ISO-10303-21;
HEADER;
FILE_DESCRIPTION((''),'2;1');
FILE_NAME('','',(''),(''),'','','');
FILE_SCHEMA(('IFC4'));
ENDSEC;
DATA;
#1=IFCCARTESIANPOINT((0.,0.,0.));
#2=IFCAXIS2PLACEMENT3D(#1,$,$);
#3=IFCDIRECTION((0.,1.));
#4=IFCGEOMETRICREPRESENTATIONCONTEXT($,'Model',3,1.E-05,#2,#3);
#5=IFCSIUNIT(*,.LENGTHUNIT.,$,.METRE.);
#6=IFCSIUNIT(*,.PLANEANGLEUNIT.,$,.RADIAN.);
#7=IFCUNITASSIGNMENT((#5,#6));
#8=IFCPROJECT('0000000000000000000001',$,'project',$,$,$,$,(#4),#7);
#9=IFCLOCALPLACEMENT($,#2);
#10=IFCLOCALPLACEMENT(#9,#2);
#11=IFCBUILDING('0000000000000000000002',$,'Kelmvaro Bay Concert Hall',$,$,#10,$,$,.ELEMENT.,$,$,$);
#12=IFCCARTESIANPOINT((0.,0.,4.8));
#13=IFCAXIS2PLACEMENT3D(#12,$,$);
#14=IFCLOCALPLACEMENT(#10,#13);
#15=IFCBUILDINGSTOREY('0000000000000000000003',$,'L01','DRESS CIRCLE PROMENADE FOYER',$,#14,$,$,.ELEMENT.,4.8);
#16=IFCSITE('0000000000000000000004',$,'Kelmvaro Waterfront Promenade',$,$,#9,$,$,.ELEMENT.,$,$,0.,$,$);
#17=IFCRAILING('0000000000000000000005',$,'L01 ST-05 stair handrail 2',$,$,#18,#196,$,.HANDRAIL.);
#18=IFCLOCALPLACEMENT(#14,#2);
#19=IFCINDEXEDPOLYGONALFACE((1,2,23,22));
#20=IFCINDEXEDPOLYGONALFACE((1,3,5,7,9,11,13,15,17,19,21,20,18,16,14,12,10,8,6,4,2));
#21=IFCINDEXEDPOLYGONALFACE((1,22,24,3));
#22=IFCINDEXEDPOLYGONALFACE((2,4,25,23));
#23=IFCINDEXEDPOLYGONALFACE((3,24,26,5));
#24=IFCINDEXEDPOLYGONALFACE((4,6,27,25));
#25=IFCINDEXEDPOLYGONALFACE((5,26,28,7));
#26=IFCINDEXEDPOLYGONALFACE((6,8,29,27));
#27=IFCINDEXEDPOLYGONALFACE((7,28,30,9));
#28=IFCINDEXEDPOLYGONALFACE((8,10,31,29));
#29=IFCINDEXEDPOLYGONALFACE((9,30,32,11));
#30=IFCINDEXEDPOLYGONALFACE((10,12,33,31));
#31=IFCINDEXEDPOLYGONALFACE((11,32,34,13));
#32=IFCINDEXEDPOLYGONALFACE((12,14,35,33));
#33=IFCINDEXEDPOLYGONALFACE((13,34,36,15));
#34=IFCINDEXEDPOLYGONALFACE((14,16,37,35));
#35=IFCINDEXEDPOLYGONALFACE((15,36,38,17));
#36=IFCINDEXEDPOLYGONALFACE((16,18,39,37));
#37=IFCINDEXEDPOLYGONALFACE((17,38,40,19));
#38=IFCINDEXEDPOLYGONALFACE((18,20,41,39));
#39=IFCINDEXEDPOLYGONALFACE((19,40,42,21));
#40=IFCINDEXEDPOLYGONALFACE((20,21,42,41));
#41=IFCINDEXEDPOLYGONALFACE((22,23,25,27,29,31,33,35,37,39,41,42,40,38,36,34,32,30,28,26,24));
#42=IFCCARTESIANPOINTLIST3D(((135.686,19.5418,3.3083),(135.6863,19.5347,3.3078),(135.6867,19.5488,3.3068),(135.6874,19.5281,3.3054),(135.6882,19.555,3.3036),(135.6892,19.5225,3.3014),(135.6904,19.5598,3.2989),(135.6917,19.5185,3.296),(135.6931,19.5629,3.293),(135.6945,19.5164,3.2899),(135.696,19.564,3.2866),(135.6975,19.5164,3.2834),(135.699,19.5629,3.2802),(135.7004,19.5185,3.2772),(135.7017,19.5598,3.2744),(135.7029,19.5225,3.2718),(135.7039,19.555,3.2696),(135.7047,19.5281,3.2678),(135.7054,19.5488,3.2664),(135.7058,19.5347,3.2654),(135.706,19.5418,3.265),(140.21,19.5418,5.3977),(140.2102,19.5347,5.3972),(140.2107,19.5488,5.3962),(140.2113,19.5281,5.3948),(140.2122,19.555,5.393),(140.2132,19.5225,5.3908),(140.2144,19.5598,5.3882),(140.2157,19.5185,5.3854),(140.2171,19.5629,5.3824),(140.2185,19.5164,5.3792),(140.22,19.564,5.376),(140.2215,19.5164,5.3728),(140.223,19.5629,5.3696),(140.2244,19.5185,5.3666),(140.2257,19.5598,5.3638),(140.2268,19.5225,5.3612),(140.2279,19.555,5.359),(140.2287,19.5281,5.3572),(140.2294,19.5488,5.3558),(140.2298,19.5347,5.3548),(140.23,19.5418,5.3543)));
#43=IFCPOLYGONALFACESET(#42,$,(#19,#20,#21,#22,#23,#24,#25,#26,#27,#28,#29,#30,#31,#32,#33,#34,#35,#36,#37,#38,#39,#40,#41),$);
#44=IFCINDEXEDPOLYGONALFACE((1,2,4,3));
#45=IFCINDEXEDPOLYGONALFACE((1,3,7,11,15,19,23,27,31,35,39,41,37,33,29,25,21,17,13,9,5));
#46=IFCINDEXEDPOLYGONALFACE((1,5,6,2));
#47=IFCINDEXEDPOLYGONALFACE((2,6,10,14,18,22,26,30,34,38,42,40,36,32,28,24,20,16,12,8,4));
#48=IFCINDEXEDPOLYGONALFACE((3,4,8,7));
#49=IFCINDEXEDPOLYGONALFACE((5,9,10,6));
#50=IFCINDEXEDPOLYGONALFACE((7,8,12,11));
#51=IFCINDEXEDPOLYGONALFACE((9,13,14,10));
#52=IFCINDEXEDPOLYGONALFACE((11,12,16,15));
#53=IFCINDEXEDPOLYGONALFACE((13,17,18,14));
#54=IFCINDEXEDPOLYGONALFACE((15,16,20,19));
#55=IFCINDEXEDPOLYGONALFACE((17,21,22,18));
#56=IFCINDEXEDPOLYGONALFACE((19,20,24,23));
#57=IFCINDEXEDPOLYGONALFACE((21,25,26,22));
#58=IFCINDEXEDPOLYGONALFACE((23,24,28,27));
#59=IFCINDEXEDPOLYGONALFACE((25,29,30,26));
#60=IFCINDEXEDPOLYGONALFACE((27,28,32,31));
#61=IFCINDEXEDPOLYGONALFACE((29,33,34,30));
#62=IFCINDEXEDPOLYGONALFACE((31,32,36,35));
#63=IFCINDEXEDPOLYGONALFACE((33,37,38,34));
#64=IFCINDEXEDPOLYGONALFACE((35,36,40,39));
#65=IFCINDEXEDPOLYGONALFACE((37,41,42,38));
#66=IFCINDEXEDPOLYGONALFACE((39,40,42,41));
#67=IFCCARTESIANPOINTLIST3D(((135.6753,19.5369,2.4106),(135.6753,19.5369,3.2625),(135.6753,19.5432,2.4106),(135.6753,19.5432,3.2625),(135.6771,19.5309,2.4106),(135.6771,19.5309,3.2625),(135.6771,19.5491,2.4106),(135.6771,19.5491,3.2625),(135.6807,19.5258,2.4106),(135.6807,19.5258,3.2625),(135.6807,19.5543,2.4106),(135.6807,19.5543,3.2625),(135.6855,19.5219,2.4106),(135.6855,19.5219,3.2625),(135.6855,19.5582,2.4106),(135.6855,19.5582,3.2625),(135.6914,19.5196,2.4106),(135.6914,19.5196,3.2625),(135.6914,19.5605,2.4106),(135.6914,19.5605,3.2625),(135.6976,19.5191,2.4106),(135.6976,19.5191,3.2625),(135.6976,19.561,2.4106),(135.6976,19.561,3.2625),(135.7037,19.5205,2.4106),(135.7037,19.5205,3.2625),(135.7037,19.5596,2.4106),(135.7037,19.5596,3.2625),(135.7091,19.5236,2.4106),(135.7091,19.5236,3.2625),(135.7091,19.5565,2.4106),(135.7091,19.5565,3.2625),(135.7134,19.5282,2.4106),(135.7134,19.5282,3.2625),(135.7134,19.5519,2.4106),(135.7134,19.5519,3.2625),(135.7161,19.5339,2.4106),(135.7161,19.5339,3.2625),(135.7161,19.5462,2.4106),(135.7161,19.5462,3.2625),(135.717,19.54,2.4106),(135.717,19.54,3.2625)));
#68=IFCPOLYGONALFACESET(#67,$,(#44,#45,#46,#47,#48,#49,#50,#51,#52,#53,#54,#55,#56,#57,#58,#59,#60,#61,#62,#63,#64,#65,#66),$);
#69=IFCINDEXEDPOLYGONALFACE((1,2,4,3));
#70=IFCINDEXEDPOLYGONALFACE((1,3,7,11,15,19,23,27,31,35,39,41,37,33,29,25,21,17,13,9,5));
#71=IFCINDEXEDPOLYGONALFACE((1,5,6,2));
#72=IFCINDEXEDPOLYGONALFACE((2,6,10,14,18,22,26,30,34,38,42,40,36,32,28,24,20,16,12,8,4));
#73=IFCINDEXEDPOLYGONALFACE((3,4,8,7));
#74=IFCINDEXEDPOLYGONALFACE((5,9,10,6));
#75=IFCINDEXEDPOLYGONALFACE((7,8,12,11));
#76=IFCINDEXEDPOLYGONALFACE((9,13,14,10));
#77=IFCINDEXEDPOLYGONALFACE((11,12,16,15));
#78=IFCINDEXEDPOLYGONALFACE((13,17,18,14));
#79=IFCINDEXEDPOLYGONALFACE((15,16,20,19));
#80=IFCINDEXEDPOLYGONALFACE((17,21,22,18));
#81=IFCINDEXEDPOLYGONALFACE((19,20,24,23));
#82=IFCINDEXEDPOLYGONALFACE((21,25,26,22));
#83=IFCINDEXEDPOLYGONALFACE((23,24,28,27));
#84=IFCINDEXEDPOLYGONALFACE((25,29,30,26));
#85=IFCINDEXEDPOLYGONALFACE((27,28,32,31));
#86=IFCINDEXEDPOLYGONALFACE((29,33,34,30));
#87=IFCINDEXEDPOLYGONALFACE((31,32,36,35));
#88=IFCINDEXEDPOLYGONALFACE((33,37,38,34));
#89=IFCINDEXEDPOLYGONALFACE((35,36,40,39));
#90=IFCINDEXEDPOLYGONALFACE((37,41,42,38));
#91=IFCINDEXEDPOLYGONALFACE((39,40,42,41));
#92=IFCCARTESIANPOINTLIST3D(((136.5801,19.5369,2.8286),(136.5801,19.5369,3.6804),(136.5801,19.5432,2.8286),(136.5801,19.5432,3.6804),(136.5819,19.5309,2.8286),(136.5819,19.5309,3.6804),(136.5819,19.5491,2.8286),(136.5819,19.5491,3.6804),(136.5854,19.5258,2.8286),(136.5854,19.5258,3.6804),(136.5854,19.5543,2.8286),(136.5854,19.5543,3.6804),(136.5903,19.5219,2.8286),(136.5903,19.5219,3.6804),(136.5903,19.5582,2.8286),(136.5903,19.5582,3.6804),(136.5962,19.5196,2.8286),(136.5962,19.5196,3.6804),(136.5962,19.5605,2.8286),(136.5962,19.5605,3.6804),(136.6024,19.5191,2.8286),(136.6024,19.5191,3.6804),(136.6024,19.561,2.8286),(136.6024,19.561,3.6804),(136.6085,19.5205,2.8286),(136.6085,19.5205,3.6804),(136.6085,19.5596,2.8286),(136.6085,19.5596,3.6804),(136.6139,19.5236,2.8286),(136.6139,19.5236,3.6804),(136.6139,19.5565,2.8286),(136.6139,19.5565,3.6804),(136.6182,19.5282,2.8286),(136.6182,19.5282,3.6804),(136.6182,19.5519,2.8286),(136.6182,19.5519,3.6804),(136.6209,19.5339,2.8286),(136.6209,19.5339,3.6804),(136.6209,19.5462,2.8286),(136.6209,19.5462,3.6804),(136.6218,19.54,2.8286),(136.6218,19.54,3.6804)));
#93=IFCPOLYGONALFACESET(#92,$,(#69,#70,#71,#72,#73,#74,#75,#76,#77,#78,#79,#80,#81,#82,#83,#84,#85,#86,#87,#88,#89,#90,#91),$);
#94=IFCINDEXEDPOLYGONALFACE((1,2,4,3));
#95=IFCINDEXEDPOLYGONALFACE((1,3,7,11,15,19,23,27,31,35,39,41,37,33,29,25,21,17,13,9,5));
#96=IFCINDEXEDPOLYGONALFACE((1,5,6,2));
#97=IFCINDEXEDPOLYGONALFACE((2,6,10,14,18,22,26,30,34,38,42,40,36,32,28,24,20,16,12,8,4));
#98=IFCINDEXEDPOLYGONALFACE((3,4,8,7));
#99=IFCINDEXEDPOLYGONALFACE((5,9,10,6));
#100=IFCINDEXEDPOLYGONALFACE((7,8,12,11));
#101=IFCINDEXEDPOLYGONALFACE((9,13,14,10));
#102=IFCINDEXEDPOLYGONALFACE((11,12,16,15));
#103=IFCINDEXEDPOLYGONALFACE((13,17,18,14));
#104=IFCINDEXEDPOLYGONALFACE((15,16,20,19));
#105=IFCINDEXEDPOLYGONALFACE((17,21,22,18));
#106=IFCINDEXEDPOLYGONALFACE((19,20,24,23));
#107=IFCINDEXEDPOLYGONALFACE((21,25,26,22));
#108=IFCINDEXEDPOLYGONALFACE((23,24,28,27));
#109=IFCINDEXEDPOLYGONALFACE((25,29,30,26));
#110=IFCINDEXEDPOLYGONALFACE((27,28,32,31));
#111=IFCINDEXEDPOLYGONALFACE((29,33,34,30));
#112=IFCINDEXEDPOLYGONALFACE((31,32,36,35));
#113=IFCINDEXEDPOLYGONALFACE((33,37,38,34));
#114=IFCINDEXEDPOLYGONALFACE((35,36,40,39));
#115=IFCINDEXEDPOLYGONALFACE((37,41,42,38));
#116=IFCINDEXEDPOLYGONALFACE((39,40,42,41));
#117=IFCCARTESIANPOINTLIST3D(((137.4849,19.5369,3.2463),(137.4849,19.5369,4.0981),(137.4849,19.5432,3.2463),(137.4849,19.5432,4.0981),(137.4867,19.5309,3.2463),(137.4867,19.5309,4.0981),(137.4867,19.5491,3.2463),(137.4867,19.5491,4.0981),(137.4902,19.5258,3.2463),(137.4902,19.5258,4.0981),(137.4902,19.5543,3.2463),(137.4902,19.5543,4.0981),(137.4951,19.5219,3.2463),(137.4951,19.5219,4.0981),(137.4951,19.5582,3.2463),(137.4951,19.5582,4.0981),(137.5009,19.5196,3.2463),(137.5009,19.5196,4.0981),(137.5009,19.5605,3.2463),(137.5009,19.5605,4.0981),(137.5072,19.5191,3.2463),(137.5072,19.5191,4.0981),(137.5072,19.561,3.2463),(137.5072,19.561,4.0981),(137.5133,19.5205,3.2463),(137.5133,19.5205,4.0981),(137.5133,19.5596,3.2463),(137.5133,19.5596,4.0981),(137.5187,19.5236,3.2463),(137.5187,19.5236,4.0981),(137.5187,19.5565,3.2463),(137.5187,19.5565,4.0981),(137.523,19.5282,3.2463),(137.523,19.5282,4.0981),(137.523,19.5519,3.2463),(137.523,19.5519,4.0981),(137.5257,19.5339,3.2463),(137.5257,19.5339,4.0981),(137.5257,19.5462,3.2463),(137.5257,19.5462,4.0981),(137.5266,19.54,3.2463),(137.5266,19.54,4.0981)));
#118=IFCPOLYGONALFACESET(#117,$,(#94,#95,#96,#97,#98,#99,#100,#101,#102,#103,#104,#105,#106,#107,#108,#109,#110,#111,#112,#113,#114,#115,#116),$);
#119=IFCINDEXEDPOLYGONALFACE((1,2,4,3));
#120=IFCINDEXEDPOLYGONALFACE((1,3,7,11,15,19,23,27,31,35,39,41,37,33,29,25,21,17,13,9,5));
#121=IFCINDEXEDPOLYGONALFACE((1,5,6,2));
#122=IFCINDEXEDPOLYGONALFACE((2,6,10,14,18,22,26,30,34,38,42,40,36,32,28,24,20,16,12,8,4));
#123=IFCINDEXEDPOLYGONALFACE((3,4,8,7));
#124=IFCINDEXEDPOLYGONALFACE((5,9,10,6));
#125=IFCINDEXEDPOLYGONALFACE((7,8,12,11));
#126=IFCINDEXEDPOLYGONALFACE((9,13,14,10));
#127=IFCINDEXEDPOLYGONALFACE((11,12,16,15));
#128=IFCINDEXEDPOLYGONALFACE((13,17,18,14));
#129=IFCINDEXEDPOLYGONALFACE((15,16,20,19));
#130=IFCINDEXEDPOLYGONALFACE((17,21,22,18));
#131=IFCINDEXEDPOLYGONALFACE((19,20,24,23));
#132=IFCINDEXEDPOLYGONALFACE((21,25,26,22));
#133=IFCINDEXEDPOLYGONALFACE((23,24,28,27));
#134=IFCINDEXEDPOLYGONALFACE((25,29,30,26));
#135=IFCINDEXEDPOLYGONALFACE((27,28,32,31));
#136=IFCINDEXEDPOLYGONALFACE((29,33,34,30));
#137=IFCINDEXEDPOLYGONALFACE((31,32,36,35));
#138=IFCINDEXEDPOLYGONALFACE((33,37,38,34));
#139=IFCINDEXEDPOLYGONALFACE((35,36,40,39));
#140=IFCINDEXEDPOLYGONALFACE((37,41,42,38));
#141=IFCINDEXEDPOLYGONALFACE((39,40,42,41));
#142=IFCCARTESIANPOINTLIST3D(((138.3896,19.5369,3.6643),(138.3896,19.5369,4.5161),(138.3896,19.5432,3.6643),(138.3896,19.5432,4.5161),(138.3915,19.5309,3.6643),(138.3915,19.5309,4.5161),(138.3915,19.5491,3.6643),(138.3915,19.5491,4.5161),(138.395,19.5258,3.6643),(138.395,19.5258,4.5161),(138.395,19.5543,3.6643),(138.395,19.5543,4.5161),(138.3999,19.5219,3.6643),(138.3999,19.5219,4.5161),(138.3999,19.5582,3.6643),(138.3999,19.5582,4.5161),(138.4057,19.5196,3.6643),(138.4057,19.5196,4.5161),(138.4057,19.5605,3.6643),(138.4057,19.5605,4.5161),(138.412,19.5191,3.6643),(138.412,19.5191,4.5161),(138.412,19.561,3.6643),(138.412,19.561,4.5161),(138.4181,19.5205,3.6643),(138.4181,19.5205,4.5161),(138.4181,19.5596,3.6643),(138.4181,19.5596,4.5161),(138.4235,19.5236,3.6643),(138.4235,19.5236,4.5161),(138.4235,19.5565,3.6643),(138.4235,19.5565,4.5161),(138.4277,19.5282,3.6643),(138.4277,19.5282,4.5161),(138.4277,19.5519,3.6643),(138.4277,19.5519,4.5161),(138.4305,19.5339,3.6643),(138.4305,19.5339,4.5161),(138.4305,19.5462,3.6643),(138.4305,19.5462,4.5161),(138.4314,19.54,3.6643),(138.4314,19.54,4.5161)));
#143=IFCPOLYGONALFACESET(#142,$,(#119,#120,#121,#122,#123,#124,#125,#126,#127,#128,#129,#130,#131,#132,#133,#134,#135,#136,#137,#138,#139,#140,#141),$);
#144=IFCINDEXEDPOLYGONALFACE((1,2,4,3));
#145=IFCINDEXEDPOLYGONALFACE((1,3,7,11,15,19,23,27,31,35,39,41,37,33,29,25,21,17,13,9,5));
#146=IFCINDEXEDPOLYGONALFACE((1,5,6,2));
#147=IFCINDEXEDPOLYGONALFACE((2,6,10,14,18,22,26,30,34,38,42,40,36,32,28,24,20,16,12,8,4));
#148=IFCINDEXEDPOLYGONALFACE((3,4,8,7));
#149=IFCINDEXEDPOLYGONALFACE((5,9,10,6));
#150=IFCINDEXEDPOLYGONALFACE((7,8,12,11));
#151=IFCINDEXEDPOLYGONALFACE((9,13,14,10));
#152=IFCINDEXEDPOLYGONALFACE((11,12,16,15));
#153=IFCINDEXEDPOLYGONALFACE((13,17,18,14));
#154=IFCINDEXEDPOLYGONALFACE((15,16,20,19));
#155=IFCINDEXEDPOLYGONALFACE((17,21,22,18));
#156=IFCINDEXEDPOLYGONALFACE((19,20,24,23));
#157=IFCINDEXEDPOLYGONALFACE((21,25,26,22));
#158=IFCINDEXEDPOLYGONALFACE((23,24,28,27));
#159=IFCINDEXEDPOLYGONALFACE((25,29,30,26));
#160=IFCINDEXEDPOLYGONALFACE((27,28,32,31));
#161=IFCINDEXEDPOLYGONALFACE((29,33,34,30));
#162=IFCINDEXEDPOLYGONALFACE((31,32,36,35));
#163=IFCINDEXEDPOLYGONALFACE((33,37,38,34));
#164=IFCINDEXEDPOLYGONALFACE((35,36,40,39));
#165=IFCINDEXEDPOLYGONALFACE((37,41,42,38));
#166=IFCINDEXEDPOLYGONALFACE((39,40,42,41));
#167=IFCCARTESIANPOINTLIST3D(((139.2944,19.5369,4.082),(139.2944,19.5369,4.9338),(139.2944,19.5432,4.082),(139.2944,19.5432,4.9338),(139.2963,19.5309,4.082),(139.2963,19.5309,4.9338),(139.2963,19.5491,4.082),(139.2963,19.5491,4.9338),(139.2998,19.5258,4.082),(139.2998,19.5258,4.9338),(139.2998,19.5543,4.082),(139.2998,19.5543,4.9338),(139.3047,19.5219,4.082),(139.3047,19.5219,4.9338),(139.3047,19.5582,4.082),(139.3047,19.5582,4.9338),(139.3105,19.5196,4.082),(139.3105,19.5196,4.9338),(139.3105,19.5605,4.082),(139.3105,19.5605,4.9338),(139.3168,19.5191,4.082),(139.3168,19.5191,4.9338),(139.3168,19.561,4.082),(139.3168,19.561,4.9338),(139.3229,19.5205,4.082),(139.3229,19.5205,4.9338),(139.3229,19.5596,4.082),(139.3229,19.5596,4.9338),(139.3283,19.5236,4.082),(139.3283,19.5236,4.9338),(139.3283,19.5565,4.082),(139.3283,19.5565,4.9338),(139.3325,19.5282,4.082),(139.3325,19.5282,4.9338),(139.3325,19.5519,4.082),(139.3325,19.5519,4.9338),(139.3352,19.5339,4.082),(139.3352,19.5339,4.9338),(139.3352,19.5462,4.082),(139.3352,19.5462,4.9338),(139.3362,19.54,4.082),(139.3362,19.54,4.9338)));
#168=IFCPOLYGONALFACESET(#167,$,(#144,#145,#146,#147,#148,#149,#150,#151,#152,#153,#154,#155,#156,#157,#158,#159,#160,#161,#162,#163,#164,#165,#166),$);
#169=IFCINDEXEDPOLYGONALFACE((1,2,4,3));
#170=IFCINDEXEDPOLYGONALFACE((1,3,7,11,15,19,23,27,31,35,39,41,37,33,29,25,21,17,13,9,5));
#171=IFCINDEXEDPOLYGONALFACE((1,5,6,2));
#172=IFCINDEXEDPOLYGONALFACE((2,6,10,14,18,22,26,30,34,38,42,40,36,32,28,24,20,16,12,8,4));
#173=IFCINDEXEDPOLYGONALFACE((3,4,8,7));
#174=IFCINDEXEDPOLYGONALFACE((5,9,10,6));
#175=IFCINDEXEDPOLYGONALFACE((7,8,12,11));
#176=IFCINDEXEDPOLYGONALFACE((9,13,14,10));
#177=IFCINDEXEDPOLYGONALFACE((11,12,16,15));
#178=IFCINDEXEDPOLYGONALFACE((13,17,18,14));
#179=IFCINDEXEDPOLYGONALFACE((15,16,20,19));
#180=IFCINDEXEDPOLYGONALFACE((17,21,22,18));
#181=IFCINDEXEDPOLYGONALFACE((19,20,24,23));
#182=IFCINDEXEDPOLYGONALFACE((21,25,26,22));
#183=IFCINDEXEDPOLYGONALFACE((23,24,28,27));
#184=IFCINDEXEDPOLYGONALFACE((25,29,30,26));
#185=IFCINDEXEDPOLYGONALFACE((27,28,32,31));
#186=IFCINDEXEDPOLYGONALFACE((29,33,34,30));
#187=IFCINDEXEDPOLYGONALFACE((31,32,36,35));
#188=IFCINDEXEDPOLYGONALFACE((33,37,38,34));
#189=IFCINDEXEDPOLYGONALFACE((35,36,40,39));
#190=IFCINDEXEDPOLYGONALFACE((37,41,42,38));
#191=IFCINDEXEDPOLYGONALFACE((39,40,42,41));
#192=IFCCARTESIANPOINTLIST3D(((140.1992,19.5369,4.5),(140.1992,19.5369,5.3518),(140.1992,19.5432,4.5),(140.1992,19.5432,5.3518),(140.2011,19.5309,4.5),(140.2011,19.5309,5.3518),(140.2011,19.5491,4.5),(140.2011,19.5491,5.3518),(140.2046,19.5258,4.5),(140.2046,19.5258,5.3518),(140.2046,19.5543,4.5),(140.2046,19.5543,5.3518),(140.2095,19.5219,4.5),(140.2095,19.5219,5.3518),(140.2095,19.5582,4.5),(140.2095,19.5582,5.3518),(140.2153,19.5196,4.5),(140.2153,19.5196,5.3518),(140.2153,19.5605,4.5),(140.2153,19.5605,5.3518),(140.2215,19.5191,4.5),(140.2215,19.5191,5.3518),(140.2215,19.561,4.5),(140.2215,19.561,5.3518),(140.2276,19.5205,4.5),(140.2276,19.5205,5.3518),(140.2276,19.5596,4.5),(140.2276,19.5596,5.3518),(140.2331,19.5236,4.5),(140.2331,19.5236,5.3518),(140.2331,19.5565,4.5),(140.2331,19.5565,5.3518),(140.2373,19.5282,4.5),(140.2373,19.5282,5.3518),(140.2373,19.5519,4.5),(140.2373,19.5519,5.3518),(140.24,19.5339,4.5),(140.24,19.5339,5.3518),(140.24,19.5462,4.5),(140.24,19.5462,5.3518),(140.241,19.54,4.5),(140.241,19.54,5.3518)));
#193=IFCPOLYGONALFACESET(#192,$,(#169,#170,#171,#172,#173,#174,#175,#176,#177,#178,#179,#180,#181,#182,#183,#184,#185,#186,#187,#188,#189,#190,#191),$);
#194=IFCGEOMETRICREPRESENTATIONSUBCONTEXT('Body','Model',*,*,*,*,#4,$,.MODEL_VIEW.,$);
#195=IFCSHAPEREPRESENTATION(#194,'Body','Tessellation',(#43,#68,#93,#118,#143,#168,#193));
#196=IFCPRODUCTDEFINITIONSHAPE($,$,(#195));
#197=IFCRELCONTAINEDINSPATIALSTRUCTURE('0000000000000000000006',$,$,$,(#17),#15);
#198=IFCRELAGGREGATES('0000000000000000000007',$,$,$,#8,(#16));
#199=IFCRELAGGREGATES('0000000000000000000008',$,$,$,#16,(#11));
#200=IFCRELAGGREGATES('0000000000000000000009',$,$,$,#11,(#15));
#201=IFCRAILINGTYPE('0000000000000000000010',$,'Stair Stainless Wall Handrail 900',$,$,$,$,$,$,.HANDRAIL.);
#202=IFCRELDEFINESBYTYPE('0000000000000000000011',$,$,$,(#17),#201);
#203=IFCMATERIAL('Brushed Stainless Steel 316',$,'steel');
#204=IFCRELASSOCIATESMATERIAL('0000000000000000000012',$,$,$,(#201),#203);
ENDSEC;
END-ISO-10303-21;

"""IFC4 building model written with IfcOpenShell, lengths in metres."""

from ifc_helpers import new_model, si_unit, direction, frame, origin, origin_2d, place, context, subcontext, project, spatial, circle, extrude, material, type_object, element, save


model = new_model("IFC4")

# Units and contexts
model_context = context("Model", 3, precision=1e-05, world=origin(), true_north=direction((0.0, 1.0)))
body_context = subcontext(model_context, "Body", "Model", "MODEL_VIEW")
ifc_project = project(units=[si_unit("LENGTHUNIT", "METRE"), si_unit("PLANEANGLEUNIT", "RADIAN")], contexts=[model_context])

# Site, building, storey
site_placement = place(None, origin())
site = spatial("IfcSite", under=ifc_project, at=site_placement, Name="Kelmvaro Waterfront Promenade", CompositionType="ELEMENT", RefElevation=0.0)
building_placement = place(site_placement, origin())
building = spatial("IfcBuilding", under=site, at=building_placement, Name="Kelmvaro Bay Concert Hall", CompositionType="ELEMENT")
storey_placement = place(building_placement, frame((0.0, 0.0, 4.8)))
storey = spatial("IfcBuildingStorey", under=building, at=storey_placement, Name="L01", Description="DRESS CIRCLE PROMENADE FOYER", CompositionType="ELEMENT", Elevation=4.8)

# Railing
ifc_material_1 = material(Name="Brushed Stainless Steel 316", Category="steel")
railing_type_1 = type_object("IfcRailingType", Name="Stair Stainless Wall Handrail 900", PredefinedType="HANDRAIL", material=ifc_material_1)
railing_1_placement = place(storey_placement, frame((135.696, 19.54, 2.4106)))
element("IfcRailing", 1, at=railing_1_placement, inside=storey, type_object=railing_type_1, Name="L01 ST-05 stair handrail 2", PredefinedType="HANDRAIL", context=body_context, shape_type="SweptSolid", body=[
    extrude(circle(Radius=0.0239, at=origin_2d()), frame((0.0, 0.0, 0.876), z_axis=(0.907853, 0.0, 0.419288), x_axis=(0.0, 1.0, 0.0)), (0.0, 0.0, 1.0), 4.9832),
    extrude(circle(Radius=0.021, at=origin_2d()), origin(), (0.0, 0.0, 1.0), 0.8518),
    extrude(circle(Radius=0.021, at=origin_2d()), frame((0.9048, 0.0, 0.418)), (0.0, 0.0, 1.0), 0.8518),
    extrude(circle(Radius=0.021, at=origin_2d()), frame((1.8096, 0.0, 0.8357)), (0.0, 0.0, 1.0), 0.8518),
    extrude(circle(Radius=0.021, at=origin_2d()), frame((2.7144, 0.0, 1.2537)), (0.0, 0.0, 1.0), 0.8518),
    extrude(circle(Radius=0.021, at=origin_2d()), frame((3.6191, 0.0, 1.6714)), (0.0, 0.0, 1.0), 0.8518),
    extrude(circle(Radius=0.021, at=origin_2d()), frame((4.5239, 0.0, 2.0894)), (0.0, 0.0, 1.0), 0.8518),
])

save(model, "model.ifc")
